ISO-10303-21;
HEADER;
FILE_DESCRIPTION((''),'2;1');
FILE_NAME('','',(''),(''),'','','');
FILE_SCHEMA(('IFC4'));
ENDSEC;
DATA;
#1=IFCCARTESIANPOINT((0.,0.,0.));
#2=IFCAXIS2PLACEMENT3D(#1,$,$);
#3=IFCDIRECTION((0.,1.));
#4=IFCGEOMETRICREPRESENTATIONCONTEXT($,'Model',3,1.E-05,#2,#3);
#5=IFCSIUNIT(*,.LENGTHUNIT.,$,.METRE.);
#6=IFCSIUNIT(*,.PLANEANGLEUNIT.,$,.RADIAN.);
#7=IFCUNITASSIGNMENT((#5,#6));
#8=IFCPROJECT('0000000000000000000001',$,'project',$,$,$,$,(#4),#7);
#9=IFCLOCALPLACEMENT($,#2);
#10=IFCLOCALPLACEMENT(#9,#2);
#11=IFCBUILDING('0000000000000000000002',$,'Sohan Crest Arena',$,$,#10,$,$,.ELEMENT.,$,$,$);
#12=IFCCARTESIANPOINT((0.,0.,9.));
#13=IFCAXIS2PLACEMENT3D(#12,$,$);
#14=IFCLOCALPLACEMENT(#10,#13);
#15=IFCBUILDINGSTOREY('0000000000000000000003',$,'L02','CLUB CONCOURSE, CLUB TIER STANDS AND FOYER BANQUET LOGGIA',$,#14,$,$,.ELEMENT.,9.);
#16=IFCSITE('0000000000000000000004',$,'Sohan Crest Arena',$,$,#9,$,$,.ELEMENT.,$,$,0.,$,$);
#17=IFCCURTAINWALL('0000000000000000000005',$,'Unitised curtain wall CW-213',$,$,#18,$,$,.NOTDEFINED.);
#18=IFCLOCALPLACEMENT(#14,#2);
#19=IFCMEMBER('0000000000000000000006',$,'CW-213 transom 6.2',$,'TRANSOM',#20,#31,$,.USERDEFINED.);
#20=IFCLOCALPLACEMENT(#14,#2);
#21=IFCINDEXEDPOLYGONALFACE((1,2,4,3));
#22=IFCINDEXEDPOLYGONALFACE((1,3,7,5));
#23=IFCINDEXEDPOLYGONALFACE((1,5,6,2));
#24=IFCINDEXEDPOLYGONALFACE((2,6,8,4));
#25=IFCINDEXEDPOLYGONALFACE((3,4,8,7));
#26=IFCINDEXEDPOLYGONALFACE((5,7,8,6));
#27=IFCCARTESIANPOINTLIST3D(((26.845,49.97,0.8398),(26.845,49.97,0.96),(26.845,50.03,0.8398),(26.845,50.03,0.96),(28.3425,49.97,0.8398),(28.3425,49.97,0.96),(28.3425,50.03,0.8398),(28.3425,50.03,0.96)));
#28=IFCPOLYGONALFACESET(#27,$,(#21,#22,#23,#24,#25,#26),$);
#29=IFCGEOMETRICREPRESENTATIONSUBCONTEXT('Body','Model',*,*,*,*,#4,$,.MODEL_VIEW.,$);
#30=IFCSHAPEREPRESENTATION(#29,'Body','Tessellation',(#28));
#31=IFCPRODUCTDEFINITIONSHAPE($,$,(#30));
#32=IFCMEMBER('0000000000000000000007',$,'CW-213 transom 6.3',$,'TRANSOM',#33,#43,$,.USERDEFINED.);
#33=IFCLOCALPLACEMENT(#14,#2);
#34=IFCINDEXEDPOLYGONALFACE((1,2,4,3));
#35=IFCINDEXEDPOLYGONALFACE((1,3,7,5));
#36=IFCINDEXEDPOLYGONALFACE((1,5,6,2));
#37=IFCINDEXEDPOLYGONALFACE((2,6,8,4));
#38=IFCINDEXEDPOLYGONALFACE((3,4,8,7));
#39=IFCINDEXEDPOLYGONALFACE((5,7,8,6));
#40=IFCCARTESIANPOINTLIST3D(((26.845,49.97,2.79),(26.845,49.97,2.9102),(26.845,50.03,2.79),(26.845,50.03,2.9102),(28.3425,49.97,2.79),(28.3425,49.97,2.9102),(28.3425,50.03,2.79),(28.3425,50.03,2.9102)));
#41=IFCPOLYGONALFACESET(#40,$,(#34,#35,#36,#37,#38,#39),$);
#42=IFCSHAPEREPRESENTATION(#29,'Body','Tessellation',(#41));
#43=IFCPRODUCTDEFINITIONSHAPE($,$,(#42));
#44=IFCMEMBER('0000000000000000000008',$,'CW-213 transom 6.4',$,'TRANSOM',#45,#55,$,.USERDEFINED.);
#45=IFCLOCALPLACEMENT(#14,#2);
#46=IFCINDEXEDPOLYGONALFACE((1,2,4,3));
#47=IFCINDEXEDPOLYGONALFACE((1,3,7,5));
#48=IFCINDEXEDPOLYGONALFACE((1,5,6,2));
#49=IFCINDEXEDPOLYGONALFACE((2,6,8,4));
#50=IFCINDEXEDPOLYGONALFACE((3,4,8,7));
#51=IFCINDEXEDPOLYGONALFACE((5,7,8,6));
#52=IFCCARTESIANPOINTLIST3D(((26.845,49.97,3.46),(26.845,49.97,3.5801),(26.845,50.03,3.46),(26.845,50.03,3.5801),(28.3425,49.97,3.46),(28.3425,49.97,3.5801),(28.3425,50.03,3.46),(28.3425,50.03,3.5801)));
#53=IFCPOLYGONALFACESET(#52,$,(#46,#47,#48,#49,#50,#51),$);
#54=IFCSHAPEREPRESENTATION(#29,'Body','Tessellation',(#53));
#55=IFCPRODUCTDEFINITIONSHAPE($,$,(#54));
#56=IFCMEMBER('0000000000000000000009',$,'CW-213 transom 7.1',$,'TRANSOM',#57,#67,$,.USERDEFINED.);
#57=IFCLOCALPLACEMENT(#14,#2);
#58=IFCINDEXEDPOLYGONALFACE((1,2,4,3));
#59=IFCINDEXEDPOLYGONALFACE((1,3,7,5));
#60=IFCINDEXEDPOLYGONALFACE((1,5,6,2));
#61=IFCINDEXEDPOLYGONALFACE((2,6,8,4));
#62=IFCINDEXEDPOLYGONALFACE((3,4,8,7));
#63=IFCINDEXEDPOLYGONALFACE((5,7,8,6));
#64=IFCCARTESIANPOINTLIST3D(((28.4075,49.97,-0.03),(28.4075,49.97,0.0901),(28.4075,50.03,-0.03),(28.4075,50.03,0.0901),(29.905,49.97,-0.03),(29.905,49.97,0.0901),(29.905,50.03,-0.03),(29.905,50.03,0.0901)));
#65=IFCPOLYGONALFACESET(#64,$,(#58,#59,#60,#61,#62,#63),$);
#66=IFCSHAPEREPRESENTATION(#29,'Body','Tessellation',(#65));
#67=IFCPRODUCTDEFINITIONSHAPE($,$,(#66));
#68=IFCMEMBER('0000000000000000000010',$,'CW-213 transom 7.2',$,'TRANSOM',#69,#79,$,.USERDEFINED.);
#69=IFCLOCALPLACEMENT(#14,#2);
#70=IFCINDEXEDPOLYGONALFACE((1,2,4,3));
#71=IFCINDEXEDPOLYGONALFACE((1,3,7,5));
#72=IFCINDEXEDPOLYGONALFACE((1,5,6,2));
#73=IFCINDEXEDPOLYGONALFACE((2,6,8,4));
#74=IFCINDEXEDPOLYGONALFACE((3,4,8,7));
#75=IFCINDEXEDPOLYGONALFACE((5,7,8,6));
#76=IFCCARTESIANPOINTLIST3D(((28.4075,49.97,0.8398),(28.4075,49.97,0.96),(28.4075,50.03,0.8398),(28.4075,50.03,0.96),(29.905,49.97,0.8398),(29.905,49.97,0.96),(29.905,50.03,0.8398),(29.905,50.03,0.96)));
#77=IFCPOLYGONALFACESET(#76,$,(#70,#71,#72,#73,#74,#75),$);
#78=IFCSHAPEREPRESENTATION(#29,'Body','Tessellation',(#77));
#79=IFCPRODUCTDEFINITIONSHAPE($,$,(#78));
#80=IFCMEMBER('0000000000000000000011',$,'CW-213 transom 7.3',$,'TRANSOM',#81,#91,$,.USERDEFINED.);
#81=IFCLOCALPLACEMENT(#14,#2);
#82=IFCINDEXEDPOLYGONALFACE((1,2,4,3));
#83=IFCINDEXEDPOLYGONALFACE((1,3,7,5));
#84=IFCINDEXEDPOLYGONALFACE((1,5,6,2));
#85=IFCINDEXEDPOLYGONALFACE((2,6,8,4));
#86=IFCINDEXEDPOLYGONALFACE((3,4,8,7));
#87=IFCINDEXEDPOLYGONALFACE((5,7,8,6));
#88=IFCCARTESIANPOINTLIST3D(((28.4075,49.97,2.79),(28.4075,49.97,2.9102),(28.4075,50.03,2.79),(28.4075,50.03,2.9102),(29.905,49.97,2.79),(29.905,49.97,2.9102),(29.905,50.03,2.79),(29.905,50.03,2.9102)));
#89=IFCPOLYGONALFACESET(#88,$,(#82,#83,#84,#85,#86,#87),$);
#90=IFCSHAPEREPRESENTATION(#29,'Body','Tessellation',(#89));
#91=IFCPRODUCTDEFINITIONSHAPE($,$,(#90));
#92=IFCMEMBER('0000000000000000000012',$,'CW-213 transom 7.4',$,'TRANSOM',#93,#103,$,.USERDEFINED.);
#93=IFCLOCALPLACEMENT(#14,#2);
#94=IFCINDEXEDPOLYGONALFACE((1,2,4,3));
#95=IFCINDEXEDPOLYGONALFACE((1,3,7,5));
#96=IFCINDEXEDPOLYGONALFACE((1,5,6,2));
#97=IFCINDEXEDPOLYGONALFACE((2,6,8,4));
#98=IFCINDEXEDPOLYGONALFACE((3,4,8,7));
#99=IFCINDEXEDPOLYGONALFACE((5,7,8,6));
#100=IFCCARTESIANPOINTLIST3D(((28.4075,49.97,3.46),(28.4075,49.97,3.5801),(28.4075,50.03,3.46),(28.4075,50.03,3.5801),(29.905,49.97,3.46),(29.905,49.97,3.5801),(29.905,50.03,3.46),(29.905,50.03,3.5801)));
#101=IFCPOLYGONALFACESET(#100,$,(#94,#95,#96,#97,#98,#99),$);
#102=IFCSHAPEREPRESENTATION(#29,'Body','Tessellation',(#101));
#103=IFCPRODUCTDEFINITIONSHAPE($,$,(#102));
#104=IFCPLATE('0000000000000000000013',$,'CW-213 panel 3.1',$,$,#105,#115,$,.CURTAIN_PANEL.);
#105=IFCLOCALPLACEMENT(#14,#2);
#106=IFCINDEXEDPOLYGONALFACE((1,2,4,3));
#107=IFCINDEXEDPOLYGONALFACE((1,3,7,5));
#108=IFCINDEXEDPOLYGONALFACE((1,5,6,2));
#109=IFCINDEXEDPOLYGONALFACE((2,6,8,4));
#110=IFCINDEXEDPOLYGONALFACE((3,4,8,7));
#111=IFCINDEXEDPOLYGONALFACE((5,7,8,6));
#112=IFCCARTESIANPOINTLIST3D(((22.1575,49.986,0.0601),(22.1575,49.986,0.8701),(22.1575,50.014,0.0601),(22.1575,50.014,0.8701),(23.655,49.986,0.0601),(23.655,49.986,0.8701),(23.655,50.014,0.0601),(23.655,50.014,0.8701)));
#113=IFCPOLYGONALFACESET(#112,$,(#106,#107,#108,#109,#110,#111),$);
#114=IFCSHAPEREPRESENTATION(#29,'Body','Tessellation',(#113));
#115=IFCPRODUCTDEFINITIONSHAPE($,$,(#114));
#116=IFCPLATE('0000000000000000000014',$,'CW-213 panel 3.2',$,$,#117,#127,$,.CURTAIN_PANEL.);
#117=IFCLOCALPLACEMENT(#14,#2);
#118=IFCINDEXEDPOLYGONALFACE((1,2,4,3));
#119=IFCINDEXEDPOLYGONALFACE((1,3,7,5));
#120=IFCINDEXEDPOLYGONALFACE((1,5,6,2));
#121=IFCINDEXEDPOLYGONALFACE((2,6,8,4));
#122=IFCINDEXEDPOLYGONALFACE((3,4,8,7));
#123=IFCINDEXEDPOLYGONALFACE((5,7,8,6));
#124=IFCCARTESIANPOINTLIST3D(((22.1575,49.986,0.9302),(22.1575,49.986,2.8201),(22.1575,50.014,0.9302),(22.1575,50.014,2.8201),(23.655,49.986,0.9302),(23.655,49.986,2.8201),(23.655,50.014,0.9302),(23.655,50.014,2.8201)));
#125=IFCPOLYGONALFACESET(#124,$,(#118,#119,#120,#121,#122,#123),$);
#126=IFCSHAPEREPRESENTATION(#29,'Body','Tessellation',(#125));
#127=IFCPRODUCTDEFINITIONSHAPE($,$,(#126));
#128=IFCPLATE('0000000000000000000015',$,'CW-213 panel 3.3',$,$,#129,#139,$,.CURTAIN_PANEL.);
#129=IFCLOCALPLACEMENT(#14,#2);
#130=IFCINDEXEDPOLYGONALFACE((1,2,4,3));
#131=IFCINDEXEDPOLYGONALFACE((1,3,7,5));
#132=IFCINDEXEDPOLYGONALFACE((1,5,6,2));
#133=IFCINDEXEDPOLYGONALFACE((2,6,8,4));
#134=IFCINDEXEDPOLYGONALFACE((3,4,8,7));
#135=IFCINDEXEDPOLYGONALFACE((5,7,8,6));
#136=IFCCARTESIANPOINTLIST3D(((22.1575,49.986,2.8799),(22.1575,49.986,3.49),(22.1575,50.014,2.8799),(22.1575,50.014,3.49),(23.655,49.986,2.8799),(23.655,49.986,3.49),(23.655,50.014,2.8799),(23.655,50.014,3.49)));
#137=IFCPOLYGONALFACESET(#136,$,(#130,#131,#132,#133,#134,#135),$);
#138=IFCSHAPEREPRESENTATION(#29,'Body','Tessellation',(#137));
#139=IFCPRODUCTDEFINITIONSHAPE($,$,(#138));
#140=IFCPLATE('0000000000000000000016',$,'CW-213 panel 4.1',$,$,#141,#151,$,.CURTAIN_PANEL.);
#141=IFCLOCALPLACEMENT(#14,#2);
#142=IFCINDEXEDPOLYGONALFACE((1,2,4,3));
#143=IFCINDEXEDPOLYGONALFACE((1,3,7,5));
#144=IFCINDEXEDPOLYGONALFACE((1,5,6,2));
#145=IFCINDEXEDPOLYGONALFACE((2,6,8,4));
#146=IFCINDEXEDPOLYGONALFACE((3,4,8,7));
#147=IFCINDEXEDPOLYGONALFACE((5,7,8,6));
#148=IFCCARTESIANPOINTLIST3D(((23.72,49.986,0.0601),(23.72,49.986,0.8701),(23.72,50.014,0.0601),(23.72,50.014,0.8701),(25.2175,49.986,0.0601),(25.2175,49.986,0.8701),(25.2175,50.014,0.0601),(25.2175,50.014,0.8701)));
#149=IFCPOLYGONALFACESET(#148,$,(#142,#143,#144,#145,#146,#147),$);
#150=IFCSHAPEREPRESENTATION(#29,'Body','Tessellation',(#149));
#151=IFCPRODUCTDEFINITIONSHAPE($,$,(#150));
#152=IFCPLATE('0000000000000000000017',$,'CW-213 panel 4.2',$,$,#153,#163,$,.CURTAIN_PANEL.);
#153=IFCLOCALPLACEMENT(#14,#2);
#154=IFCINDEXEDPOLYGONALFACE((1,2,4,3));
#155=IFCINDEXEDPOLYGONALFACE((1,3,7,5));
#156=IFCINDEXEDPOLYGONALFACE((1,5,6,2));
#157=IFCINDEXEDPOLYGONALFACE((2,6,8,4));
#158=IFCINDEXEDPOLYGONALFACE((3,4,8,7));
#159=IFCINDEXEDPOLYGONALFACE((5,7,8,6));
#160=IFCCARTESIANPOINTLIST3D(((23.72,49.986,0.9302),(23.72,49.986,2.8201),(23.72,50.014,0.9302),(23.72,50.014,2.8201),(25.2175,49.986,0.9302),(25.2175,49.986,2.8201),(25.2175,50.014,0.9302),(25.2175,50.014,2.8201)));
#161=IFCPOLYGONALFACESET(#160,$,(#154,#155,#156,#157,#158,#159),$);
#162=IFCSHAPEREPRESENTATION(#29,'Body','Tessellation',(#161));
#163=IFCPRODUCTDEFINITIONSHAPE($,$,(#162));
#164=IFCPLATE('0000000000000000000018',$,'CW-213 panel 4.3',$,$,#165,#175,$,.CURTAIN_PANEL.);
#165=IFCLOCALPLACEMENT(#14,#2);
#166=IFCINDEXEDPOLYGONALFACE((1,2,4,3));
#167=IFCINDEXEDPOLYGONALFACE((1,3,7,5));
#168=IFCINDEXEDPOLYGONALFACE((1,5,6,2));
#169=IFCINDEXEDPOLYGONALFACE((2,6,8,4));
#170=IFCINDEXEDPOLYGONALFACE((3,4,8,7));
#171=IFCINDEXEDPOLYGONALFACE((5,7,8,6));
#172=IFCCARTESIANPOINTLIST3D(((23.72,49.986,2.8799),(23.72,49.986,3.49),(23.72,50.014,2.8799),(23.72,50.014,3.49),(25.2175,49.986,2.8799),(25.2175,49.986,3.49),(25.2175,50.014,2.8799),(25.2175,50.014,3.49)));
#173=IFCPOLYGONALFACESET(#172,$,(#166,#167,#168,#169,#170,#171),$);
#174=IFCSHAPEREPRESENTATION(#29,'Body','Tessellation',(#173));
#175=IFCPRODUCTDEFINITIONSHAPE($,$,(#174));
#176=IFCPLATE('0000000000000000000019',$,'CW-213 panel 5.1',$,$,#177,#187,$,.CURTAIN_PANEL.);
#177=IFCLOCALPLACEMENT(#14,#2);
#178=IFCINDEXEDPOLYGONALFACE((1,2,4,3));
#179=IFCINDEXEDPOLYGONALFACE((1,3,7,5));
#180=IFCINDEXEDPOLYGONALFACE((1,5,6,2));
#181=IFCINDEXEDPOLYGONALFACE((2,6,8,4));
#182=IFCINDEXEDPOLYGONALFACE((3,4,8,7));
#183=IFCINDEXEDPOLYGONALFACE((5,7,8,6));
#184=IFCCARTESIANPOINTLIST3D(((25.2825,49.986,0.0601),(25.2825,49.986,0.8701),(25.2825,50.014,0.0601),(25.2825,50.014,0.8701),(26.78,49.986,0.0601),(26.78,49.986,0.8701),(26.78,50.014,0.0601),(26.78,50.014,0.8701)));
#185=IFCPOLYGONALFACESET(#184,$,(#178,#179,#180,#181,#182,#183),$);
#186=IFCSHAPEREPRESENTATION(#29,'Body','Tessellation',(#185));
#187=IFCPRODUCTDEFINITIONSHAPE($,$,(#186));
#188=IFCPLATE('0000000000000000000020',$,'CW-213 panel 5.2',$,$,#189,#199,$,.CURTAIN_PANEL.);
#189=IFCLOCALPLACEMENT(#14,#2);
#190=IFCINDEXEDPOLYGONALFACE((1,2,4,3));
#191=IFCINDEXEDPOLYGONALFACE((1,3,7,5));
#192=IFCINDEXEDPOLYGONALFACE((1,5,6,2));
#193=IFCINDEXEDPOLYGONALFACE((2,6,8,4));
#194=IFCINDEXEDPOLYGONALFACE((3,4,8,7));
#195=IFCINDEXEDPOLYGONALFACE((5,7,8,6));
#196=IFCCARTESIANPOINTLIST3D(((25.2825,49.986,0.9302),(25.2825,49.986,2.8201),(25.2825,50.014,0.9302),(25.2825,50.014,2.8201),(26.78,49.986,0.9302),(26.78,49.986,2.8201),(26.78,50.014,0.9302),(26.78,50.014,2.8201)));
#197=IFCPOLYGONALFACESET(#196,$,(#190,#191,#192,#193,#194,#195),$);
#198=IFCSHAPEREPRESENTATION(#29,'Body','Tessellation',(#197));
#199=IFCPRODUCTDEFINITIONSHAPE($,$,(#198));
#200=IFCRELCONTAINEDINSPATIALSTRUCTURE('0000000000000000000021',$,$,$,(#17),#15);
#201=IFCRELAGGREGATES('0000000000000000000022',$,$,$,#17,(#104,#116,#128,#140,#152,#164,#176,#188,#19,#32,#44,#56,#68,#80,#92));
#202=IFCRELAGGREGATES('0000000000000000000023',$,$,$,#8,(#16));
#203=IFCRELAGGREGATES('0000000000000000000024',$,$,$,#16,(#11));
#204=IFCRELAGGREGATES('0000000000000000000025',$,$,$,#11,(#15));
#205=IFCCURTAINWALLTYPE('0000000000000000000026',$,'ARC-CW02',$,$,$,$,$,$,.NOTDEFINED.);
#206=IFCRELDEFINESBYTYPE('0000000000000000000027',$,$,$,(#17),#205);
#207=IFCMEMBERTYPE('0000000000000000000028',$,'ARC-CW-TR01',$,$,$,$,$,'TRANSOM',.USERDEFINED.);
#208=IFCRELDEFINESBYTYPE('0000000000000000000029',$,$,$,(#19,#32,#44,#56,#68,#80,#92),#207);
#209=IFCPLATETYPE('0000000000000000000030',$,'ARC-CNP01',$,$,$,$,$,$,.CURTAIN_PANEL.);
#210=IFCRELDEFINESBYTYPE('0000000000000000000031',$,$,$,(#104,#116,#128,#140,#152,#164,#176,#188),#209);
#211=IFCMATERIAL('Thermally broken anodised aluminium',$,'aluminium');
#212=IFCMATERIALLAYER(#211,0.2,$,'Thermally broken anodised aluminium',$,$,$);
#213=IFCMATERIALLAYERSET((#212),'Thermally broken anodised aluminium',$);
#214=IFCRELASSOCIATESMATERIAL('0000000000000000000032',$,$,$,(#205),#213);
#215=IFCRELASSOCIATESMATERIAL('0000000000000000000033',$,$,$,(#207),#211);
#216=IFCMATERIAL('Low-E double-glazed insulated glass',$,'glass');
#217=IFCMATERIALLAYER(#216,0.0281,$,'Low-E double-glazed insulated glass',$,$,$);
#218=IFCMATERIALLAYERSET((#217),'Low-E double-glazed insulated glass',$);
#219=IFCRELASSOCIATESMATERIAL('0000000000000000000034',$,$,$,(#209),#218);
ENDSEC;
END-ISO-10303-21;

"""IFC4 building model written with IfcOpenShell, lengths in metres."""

from ifc_helpers import new_model, si_unit, direction, frame, origin, origin_2d, place, context, subcontext, project, spatial, rectangle, extrude, material, layer, layer_set, material_profile, profile_set, type_object, element, aggregate, save


model = new_model("IFC4")

# Units and contexts
model_context = context("Model", 3, precision=1e-05, world=origin(), true_north=direction((0.0, 1.0)))
body_context = subcontext(model_context, "Body", "Model", "MODEL_VIEW")
ifc_project = project(units=[si_unit("LENGTHUNIT", "METRE"), si_unit("PLANEANGLEUNIT", "RADIAN")], contexts=[model_context])

# Site, building, storey
site_placement = place(None, origin())
site = spatial("IfcSite", under=ifc_project, at=site_placement, Name="Sohan Crest Arena", CompositionType="ELEMENT", RefElevation=0.0)
building_placement = place(site_placement, origin())
building = spatial("IfcBuilding", under=site, at=building_placement, Name="Sohan Crest Arena", CompositionType="ELEMENT")
storey_placement = place(building_placement, frame((0.0, 0.0, 9.0)))
storey = spatial("IfcBuildingStorey", under=building, at=storey_placement, Name="L02", Description="CLUB CONCOURSE, CLUB TIER STANDS AND FOYER BANQUET LOGGIA", CompositionType="ELEMENT", Elevation=9.0)

# Curtain wall, members, plates
ifc_material_1 = material(Name="Thermally broken anodised aluminium", Category="aluminium")
ifc_layer_1 = layer(ifc_material_1, 0.2, Name="Thermally broken anodised aluminium")
ifc_layer_set_1 = layer_set([ifc_layer_1], Name="Thermally broken anodised aluminium")
curtain_wall_type = type_object("IfcCurtainWallType", Name="ARC-CW02", PredefinedType="NOTDEFINED", material=ifc_layer_set_1)
curtain_wall_placement = place(storey_placement, origin())
curtain_wall = element("IfcCurtainWall", 1, at=curtain_wall_placement, inside=storey, type_object=curtain_wall_type, Name="Unitised curtain wall CW-213", PredefinedType="NOTDEFINED")
ifc_material_profile_1 = material_profile(ifc_material_1, rectangle(XDim=0.0601, YDim=0.1201, at=origin_2d()), Name="ALU-TRAN 60x120")
ifc_profile_set_1 = profile_set([ifc_material_profile_1], Name="Thermally broken anodised aluminium")
member_type_1 = type_object("IfcMemberType", Name="ARC-CW-TR01", ElementType="TRANSOM", PredefinedType="USERDEFINED", material=ifc_profile_set_1)
member_1_placement = place(storey_placement, frame((26.845, 50.0, 0.8999), z_axis=(1.0, 0.0, 0.0), x_axis=(0.0, 1.0, 0.0)))
member_1 = element("IfcMember", 2, at=member_1_placement, type_object=member_type_1, Name="CW-213 transom 6.2", ObjectType="TRANSOM", PredefinedType="USERDEFINED", context=body_context, shape_type="SweptSolid", body=[
    extrude(rectangle(XDim=0.0601, YDim=0.1201, at=origin_2d()), origin(), (0.0, 0.0, 1.0), 1.4976),
])
member_2_placement = place(storey_placement, frame((26.845, 50.0, 2.8501), z_axis=(1.0, 0.0, 0.0), x_axis=(0.0, 1.0, 0.0)))
member_2 = element("IfcMember", 3, at=member_2_placement, type_object=member_type_1, Name="CW-213 transom 6.3", ObjectType="TRANSOM", PredefinedType="USERDEFINED", context=body_context, shape_type="SweptSolid", body=[
    extrude(rectangle(XDim=0.0601, YDim=0.1201, at=origin_2d()), origin(), (0.0, 0.0, 1.0), 1.4976),
])
member_3_placement = place(storey_placement, frame((26.845, 50.0, 3.52), z_axis=(1.0, 0.0, 0.0), x_axis=(0.0, 1.0, 0.0)))
member_3 = element("IfcMember", 4, at=member_3_placement, type_object=member_type_1, Name="CW-213 transom 6.4", ObjectType="TRANSOM", PredefinedType="USERDEFINED", context=body_context, shape_type="SweptSolid", body=[
    extrude(rectangle(XDim=0.0601, YDim=0.1201, at=origin_2d()), origin(), (0.0, 0.0, 1.0), 1.4976),
])
member_4_placement = place(storey_placement, frame((28.4075, 50.0, 0.03), z_axis=(1.0, 0.0, 0.0), x_axis=(0.0, 1.0, 0.0)))
member_4 = element("IfcMember", 5, at=member_4_placement, type_object=member_type_1, Name="CW-213 transom 7.1", ObjectType="TRANSOM", PredefinedType="USERDEFINED", context=body_context, shape_type="SweptSolid", body=[
    extrude(rectangle(XDim=0.0601, YDim=0.1201, at=origin_2d()), origin(), (0.0, 0.0, 1.0), 1.4976),
])
member_5_placement = place(storey_placement, frame((28.4075, 50.0, 0.8999), z_axis=(1.0, 0.0, 0.0), x_axis=(0.0, 1.0, 0.0)))
member_5 = element("IfcMember", 6, at=member_5_placement, type_object=member_type_1, Name="CW-213 transom 7.2", ObjectType="TRANSOM", PredefinedType="USERDEFINED", context=body_context, shape_type="SweptSolid", body=[
    extrude(rectangle(XDim=0.0601, YDim=0.1201, at=origin_2d()), origin(), (0.0, 0.0, 1.0), 1.4976),
])
member_6_placement = place(storey_placement, frame((28.4075, 50.0, 2.8501), z_axis=(1.0, 0.0, 0.0), x_axis=(0.0, 1.0, 0.0)))
member_6 = element("IfcMember", 7, at=member_6_placement, type_object=member_type_1, Name="CW-213 transom 7.3", ObjectType="TRANSOM", PredefinedType="USERDEFINED", context=body_context, shape_type="SweptSolid", body=[
    extrude(rectangle(XDim=0.0601, YDim=0.1201, at=origin_2d()), origin(), (0.0, 0.0, 1.0), 1.4976),
])
member_7_placement = place(storey_placement, frame((28.4075, 50.0, 3.52), z_axis=(1.0, 0.0, 0.0), x_axis=(0.0, 1.0, 0.0)))
member_7 = element("IfcMember", 8, at=member_7_placement, type_object=member_type_1, Name="CW-213 transom 7.4", ObjectType="TRANSOM", PredefinedType="USERDEFINED", context=body_context, shape_type="SweptSolid", body=[
    extrude(rectangle(XDim=0.0601, YDim=0.1201, at=origin_2d()), origin(), (0.0, 0.0, 1.0), 1.4976),
])
ifc_material_2 = material(Name="Low-E double-glazed insulated glass", Category="glass")
ifc_layer_2 = layer(ifc_material_2, 0.0281, Name="Low-E double-glazed insulated glass")
ifc_layer_set_2 = layer_set([ifc_layer_2], Name="Low-E double-glazed insulated glass")
plate_type = type_object("IfcPlateType", Name="ARC-CNP01", PredefinedType="CURTAIN_PANEL", material=ifc_layer_set_2)
plate_1_placement = place(storey_placement, frame((22.9062, 50.0, 0.0601), z_axis=(0.0, 0.0, 1.0), x_axis=(1.0, 0.0, 0.0)))
plate_1 = element("IfcPlate", 9, at=plate_1_placement, type_object=plate_type, Name="CW-213 panel 3.1", PredefinedType="CURTAIN_PANEL", context=body_context, shape_type="SweptSolid", body=[
    extrude(rectangle(XDim=1.4976, YDim=0.0281, at=origin_2d()), origin(), (0.0, 0.0, 1.0), 0.8101),
])
plate_2_placement = place(storey_placement, frame((22.9062, 50.0, 0.9302), z_axis=(0.0, 0.0, 1.0), x_axis=(1.0, 0.0, 0.0)))
plate_2 = element("IfcPlate", 10, at=plate_2_placement, type_object=plate_type, Name="CW-213 panel 3.2", PredefinedType="CURTAIN_PANEL", context=body_context, shape_type="SweptSolid", body=[
    extrude(rectangle(XDim=1.4976, YDim=0.0281, at=origin_2d()), origin(), (0.0, 0.0, 1.0), 1.8899),
])
plate_3_placement = place(storey_placement, frame((22.9062, 50.0, 2.8799), z_axis=(0.0, 0.0, 1.0), x_axis=(1.0, 0.0, 0.0)))
plate_3 = element("IfcPlate", 11, at=plate_3_placement, type_object=plate_type, Name="CW-213 panel 3.3", PredefinedType="CURTAIN_PANEL", context=body_context, shape_type="SweptSolid", body=[
    extrude(rectangle(XDim=1.4976, YDim=0.0281, at=origin_2d()), origin(), (0.0, 0.0, 1.0), 0.6101),
])
plate_4_placement = place(storey_placement, frame((24.4688, 50.0, 0.0601), z_axis=(0.0, 0.0, 1.0), x_axis=(1.0, 0.0, 0.0)))
plate_4 = element("IfcPlate", 12, at=plate_4_placement, type_object=plate_type, Name="CW-213 panel 4.1", PredefinedType="CURTAIN_PANEL", context=body_context, shape_type="SweptSolid", body=[
    extrude(rectangle(XDim=1.4976, YDim=0.0281, at=origin_2d()), origin(), (0.0, 0.0, 1.0), 0.8101),
])
plate_5_placement = place(storey_placement, frame((24.4688, 50.0, 0.9302), z_axis=(0.0, 0.0, 1.0), x_axis=(1.0, 0.0, 0.0)))
plate_5 = element("IfcPlate", 13, at=plate_5_placement, type_object=plate_type, Name="CW-213 panel 4.2", PredefinedType="CURTAIN_PANEL", context=body_context, shape_type="SweptSolid", body=[
    extrude(rectangle(XDim=1.4976, YDim=0.0281, at=origin_2d()), origin(), (0.0, 0.0, 1.0), 1.8899),
])
plate_6_placement = place(storey_placement, frame((24.4688, 50.0, 2.8799), z_axis=(0.0, 0.0, 1.0), x_axis=(1.0, 0.0, 0.0)))
plate_6 = element("IfcPlate", 14, at=plate_6_placement, type_object=plate_type, Name="CW-213 panel 4.3", PredefinedType="CURTAIN_PANEL", context=body_context, shape_type="SweptSolid", body=[
    extrude(rectangle(XDim=1.4976, YDim=0.0281, at=origin_2d()), origin(), (0.0, 0.0, 1.0), 0.6101),
])
plate_7_placement = place(storey_placement, frame((26.0312, 50.0, 0.0601), z_axis=(0.0, 0.0, 1.0), x_axis=(1.0, 0.0, 0.0)))
plate_7 = element("IfcPlate", 15, at=plate_7_placement, type_object=plate_type, Name="CW-213 panel 5.1", PredefinedType="CURTAIN_PANEL", context=body_context, shape_type="SweptSolid", body=[
    extrude(rectangle(XDim=1.4976, YDim=0.0281, at=origin_2d()), origin(), (0.0, 0.0, 1.0), 0.8101),
])
plate_8_placement = place(storey_placement, frame((26.0312, 50.0, 0.9302), z_axis=(0.0, 0.0, 1.0), x_axis=(1.0, 0.0, 0.0)))
plate_8 = element("IfcPlate", 16, at=plate_8_placement, type_object=plate_type, Name="CW-213 panel 5.2", PredefinedType="CURTAIN_PANEL", context=body_context, shape_type="SweptSolid", body=[
    extrude(rectangle(XDim=1.4976, YDim=0.0281, at=origin_2d()), origin(), (0.0, 0.0, 1.0), 1.8899),
])
aggregate(curtain_wall, [plate_1, plate_2, plate_3, plate_4, plate_5, plate_6, plate_7, plate_8, member_1, member_2, member_3, member_4, member_5, member_6, member_7])

save(model, "model.ifc")
